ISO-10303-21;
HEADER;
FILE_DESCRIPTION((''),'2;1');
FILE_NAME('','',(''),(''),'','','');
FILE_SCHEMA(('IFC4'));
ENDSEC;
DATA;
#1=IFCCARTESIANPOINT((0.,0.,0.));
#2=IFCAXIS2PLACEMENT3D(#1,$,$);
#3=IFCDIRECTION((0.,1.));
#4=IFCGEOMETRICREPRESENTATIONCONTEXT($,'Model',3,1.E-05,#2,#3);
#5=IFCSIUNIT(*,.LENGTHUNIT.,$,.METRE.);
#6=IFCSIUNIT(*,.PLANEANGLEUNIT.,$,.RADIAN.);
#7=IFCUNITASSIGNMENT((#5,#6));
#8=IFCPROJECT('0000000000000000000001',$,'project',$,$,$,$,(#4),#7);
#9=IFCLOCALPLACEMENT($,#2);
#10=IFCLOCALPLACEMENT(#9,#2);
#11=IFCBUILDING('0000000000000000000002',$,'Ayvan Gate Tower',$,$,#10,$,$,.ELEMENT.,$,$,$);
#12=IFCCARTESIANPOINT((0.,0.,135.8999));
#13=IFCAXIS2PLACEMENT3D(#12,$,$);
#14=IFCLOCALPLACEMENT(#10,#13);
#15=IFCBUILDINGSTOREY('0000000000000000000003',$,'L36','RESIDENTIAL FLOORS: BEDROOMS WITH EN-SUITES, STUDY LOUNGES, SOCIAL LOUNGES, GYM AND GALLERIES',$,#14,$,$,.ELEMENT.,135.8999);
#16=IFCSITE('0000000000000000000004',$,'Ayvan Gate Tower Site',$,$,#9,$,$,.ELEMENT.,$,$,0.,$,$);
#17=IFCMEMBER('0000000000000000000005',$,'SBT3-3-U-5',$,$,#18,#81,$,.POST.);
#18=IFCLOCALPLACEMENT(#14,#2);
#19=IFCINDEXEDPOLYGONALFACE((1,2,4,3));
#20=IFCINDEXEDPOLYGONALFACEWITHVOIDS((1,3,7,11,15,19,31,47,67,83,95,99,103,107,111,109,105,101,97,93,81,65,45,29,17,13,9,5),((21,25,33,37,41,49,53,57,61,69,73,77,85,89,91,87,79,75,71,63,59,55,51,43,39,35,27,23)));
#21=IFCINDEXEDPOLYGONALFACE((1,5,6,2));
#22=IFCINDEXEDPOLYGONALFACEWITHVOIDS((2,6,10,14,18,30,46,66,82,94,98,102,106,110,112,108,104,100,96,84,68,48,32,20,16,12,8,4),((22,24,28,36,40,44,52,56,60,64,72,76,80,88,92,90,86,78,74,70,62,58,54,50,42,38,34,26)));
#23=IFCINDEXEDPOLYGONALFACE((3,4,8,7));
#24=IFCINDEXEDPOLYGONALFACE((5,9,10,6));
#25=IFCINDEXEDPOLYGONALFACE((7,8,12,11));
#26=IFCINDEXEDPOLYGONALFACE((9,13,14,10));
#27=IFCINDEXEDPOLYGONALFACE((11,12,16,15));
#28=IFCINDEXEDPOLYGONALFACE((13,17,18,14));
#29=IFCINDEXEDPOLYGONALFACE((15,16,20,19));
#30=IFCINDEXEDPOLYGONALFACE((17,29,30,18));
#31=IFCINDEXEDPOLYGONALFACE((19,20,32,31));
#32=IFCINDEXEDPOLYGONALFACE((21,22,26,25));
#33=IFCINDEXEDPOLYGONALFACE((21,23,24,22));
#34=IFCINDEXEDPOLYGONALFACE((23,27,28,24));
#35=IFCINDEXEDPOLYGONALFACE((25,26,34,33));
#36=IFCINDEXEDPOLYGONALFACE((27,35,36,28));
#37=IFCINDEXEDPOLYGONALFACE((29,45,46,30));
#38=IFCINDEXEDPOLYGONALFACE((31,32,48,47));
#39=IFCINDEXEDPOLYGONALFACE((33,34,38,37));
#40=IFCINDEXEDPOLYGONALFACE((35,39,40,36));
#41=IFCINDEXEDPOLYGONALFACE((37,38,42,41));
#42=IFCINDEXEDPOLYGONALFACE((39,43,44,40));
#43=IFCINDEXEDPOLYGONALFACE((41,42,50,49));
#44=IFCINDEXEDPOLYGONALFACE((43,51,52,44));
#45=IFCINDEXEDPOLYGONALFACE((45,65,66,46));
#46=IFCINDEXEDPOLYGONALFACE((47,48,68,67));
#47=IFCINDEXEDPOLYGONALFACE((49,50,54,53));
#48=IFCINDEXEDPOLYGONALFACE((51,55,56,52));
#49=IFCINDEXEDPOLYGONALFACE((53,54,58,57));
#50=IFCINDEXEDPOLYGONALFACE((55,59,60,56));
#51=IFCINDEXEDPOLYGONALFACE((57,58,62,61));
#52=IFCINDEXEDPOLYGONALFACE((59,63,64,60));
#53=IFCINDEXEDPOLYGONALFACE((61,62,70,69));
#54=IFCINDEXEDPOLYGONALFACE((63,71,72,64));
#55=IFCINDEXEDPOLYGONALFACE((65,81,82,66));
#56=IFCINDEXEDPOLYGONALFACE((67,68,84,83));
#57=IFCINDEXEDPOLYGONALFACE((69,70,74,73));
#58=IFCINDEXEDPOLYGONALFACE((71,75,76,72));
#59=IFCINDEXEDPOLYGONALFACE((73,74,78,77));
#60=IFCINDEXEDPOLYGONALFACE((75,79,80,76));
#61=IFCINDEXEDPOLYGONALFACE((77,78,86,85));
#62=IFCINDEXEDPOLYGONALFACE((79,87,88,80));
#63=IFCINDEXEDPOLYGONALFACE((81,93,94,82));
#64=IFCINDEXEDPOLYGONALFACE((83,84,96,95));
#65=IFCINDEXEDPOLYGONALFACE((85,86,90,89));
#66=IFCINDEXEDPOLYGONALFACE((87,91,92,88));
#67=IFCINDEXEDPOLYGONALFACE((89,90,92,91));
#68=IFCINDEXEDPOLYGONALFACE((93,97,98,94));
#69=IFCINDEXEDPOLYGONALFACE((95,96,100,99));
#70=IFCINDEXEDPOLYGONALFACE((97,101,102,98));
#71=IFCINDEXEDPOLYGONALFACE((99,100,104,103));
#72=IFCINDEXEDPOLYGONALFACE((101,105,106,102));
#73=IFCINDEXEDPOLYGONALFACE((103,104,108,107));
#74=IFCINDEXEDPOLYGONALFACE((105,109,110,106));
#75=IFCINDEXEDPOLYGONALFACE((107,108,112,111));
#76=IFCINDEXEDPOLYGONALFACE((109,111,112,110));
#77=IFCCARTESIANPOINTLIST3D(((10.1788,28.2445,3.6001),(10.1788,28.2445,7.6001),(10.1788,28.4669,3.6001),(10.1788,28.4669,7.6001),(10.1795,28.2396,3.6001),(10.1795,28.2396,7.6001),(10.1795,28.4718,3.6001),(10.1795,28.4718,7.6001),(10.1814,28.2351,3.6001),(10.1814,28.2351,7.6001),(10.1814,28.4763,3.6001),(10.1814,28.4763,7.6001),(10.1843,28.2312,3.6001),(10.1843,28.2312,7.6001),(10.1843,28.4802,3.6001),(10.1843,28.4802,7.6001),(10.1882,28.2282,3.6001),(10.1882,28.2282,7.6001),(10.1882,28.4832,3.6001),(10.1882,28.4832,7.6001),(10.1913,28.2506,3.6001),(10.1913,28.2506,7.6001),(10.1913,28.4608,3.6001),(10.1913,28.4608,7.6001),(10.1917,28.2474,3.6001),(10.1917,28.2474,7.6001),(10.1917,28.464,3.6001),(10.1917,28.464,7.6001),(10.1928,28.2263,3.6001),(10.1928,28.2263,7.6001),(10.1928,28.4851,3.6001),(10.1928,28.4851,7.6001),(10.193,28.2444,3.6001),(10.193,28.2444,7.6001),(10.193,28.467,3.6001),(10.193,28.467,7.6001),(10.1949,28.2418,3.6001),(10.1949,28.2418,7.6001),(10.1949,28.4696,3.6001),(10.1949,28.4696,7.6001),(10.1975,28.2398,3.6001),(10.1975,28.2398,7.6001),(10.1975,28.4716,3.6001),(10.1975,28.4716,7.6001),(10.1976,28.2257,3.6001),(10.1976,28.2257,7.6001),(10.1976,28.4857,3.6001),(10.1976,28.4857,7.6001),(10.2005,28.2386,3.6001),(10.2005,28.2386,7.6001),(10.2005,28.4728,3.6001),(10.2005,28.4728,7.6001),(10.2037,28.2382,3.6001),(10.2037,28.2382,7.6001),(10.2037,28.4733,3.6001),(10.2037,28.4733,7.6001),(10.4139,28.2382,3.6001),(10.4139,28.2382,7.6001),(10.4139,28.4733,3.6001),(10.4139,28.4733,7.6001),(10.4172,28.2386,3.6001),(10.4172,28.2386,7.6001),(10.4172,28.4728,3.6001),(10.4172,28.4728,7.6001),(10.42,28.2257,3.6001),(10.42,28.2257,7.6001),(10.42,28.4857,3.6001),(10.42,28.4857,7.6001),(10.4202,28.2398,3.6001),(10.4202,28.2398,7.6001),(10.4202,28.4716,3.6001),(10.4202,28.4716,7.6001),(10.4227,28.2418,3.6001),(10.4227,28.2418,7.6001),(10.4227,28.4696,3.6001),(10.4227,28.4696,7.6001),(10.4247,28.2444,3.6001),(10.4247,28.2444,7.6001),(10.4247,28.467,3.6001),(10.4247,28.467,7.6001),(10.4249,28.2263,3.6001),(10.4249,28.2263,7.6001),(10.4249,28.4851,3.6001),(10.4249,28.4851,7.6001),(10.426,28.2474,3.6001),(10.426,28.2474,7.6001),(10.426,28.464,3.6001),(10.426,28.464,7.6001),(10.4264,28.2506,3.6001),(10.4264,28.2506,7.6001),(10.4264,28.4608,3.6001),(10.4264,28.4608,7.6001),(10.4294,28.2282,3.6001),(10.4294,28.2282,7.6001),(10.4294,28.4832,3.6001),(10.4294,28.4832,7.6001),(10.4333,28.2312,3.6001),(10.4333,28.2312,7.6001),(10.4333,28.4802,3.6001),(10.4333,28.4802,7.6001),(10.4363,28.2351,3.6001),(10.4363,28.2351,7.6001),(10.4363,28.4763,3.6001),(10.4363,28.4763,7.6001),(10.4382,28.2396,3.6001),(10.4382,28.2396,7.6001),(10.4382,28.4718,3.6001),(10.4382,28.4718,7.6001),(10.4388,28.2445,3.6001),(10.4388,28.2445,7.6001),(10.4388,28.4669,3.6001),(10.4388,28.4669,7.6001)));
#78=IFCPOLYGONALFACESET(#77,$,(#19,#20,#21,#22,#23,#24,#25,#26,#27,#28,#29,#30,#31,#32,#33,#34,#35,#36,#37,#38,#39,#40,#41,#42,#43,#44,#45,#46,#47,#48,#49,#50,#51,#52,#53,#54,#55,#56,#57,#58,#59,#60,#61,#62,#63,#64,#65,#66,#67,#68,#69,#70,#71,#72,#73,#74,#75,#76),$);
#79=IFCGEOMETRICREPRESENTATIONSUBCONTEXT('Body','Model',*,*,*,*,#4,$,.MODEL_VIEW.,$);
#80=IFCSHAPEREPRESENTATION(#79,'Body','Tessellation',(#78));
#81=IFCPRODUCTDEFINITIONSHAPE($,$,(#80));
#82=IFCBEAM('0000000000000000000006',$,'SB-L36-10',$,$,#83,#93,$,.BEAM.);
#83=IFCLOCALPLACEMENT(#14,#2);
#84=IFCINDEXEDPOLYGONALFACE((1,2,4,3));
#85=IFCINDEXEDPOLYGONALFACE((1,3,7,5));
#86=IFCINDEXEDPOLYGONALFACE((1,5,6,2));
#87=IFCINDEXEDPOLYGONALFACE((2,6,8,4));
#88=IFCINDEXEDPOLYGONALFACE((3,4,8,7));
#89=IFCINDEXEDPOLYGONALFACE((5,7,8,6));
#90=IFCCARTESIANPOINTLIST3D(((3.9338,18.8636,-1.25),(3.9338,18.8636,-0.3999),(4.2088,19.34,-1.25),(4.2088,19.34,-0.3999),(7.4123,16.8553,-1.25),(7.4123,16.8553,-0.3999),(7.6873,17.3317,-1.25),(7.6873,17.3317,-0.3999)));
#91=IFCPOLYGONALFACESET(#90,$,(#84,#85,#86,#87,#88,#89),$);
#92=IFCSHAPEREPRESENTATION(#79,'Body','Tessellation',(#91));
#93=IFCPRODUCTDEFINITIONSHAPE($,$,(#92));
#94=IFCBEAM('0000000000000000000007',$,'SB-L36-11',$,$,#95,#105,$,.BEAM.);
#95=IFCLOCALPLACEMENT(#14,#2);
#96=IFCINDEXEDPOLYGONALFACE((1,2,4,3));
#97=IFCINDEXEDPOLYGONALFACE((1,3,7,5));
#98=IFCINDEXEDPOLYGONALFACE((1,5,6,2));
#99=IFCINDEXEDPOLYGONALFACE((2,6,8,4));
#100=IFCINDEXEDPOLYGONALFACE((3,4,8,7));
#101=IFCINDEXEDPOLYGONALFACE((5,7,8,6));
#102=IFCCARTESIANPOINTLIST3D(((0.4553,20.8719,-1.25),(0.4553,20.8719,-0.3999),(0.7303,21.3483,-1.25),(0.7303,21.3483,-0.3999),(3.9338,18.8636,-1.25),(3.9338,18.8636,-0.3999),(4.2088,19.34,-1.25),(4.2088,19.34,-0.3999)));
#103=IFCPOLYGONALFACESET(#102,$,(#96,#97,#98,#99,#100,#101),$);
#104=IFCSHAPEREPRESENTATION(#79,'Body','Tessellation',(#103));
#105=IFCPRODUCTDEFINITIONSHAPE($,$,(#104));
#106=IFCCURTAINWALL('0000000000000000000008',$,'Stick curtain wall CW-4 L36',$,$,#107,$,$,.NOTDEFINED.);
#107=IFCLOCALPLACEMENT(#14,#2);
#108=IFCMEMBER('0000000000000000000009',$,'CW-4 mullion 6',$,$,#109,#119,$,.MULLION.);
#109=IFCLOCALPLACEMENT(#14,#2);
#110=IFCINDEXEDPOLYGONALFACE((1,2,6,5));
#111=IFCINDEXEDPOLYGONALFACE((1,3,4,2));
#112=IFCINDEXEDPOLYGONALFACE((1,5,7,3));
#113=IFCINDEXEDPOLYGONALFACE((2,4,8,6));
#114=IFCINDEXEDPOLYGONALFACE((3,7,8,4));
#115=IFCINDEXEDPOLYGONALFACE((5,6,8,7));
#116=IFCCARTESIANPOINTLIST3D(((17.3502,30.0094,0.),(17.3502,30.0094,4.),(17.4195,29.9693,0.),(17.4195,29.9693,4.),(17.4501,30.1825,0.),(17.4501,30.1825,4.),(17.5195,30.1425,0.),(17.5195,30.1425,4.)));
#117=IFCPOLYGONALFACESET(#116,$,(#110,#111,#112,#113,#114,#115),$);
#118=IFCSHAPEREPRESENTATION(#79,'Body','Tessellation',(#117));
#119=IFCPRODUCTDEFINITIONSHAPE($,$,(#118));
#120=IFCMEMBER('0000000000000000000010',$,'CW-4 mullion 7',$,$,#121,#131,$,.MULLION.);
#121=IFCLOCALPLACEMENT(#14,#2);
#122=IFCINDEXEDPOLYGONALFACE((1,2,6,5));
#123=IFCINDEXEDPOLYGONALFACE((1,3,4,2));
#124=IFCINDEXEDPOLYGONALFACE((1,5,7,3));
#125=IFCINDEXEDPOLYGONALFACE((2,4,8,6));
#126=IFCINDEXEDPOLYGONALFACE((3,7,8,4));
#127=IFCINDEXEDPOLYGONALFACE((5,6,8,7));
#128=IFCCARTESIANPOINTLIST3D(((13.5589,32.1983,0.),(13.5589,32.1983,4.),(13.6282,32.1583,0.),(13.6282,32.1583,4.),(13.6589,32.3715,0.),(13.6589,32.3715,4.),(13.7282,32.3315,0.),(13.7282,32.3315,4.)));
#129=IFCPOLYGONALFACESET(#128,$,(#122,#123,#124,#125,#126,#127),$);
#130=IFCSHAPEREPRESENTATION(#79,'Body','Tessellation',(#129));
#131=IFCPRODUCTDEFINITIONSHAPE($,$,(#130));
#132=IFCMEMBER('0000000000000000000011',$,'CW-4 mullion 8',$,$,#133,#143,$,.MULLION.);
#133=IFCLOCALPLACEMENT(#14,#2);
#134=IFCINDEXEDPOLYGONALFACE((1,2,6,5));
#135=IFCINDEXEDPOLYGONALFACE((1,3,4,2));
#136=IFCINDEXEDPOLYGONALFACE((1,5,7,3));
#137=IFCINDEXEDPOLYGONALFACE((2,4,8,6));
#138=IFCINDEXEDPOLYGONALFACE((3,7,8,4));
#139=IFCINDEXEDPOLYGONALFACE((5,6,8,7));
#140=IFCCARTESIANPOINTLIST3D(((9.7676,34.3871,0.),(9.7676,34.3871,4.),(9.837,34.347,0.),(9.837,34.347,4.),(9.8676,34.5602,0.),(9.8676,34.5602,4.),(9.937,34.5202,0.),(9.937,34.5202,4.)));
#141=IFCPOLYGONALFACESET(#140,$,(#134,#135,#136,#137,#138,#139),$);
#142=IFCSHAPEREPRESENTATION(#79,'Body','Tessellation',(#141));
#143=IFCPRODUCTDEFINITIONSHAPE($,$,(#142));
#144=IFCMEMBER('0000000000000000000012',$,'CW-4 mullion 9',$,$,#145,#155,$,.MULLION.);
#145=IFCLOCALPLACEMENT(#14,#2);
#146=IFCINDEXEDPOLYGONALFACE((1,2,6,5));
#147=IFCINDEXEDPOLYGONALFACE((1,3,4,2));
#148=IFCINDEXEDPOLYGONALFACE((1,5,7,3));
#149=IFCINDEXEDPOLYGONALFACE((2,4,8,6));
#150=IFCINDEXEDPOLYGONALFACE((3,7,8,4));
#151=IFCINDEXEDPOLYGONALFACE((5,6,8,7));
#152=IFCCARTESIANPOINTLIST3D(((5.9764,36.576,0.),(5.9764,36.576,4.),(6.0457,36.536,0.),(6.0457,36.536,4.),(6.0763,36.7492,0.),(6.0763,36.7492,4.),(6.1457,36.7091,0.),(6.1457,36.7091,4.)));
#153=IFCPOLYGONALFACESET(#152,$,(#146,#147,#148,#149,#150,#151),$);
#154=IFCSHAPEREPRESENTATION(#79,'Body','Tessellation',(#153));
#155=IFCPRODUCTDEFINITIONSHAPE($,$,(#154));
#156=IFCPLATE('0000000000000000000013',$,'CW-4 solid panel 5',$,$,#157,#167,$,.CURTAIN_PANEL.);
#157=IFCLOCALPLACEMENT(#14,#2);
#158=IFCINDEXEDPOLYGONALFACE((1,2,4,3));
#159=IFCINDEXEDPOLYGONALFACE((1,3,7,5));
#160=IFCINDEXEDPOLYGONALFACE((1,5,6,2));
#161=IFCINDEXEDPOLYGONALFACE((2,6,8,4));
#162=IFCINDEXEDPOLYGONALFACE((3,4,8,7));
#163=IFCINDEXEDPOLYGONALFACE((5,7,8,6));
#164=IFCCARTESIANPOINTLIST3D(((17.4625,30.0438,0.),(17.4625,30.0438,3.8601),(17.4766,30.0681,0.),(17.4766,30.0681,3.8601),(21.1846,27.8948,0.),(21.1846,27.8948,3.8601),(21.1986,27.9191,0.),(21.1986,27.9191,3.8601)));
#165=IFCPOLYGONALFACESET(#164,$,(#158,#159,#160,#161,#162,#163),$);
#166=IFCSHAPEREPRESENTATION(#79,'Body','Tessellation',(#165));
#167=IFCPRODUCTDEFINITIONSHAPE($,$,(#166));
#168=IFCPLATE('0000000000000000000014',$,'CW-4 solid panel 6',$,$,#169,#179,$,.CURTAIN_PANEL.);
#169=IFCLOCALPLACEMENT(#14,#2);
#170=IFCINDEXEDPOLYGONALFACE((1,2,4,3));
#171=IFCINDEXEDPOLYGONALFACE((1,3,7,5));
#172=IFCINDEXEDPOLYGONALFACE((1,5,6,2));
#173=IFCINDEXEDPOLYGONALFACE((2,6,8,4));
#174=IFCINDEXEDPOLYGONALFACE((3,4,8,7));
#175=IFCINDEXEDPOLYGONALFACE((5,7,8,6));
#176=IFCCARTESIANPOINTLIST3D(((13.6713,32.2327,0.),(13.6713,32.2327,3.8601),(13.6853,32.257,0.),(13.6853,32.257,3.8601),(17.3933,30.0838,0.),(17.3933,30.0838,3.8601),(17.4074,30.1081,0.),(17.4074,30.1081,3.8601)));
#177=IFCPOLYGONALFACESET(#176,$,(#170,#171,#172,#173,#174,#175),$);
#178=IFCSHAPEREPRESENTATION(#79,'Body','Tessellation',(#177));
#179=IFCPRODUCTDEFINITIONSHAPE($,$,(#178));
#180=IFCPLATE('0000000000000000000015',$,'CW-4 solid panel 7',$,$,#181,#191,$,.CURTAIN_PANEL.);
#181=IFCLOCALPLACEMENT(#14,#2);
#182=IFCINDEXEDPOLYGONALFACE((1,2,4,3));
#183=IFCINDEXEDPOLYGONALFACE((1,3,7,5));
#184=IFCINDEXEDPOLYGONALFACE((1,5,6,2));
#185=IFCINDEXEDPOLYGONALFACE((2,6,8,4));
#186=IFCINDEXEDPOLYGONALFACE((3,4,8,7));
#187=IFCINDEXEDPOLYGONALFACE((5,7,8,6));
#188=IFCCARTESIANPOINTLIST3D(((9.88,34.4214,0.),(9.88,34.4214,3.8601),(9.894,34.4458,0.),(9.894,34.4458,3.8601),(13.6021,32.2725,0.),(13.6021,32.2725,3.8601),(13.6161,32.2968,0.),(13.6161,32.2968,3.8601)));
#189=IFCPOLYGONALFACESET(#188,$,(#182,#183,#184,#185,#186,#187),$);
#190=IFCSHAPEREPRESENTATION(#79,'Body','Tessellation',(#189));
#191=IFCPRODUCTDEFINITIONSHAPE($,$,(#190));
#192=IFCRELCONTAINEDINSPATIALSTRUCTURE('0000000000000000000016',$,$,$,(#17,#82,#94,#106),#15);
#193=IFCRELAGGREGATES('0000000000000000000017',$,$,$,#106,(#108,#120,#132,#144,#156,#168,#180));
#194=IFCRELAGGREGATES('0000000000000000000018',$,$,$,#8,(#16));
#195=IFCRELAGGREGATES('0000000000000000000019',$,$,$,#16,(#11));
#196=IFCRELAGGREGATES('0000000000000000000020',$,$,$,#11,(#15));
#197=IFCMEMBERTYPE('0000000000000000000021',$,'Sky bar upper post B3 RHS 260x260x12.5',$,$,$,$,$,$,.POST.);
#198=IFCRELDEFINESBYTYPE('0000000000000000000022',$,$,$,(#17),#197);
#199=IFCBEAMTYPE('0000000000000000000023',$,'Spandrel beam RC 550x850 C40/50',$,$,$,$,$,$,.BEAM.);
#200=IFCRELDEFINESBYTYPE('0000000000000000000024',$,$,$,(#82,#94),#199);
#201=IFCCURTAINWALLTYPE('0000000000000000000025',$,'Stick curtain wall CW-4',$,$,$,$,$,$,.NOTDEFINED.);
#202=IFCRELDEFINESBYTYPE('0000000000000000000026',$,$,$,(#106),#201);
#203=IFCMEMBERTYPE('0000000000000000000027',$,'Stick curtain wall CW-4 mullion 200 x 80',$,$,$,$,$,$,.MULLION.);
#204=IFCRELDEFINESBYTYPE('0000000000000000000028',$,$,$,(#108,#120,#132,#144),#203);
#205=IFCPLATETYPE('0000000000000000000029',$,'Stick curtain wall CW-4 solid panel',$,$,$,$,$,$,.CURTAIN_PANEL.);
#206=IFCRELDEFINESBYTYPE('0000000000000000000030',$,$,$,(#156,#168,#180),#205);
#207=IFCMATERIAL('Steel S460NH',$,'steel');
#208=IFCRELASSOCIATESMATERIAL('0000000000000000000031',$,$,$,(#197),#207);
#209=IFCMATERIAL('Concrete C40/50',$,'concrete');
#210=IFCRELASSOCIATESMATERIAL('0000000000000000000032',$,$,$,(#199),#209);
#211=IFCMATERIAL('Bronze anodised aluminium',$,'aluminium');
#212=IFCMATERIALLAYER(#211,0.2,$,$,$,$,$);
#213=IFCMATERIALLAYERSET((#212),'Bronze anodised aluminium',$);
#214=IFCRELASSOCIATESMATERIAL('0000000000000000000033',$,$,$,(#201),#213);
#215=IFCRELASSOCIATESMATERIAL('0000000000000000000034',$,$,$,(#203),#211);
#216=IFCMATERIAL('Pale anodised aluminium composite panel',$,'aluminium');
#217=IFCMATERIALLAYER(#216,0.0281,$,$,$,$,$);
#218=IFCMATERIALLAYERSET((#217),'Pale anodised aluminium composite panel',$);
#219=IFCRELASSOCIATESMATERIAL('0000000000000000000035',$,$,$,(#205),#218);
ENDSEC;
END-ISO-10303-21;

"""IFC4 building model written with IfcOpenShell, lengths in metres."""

from ifc_helpers import new_model, si_unit, direction, frame, origin, origin_2d, place, context, subcontext, project, spatial, rectangle, hollow_rectangle, extrude, material, layer, layer_set, material_profile, profile_set, type_object, element, aggregate, save


model = new_model("IFC4")

# Units and contexts
model_context = context("Model", 3, precision=1e-05, world=origin(), true_north=direction((0.0, 1.0)))
body_context = subcontext(model_context, "Body", "Model", "MODEL_VIEW")
ifc_project = project(units=[si_unit("LENGTHUNIT", "METRE"), si_unit("PLANEANGLEUNIT", "RADIAN")], contexts=[model_context])

# Site, building, storey
site_placement = place(None, origin())
site = spatial("IfcSite", under=ifc_project, at=site_placement, Name="Ayvan Gate Tower Site", CompositionType="ELEMENT", RefElevation=0.0)
building_placement = place(site_placement, origin())
building = spatial("IfcBuilding", under=site, at=building_placement, Name="Ayvan Gate Tower", CompositionType="ELEMENT")
storey_placement = place(building_placement, frame((0.0, 0.0, 135.8999)))
storey = spatial("IfcBuildingStorey", under=building, at=storey_placement, Name="L36", Description="RESIDENTIAL FLOORS: BEDROOMS WITH EN-SUITES, STUDY LOUNGES, SOCIAL LOUNGES, GYM AND GALLERIES", CompositionType="ELEMENT", Elevation=135.8999)

# Shared definitions
ifc_material_1 = material(Name="Steel S460NH", Category="steel")

# Shared definitions
ifc_material_2 = material(Name="Concrete C40/50", Category="concrete")

# Member
ifc_material_profile_1 = material_profile(ifc_material_1, hollow_rectangle(XDim=0.26, YDim=0.26, WallThickness=0.0125, InnerFilletRadius=0.0125, OuterFilletRadius=0.0188, at=origin_2d()), Name="RHS 260x260x12.5")
ifc_profile_set_1 = profile_set([ifc_material_profile_1], Name="Steel S460NH")
member_type_1 = type_object("IfcMemberType", Name="Sky bar upper post B3 RHS 260x260x12.5", PredefinedType="POST", material=ifc_profile_set_1)
for number, where, z_axis, x_axis, name in (
    (1, (10.3088, 28.3557, 3.6001), (0.0, 0.0, 1.0), (1.0, 0.0, 0.0), "SBT3-3-U-5"),
):
    element("IfcMember", number, at=place(storey_placement, frame(where, z_axis=z_axis, x_axis=x_axis)), inside=storey, type_object=member_type_1, Name=name, PredefinedType="POST", context=body_context, shape_type="SweptSolid", body=[
        extrude(hollow_rectangle(XDim=0.26, YDim=0.26, WallThickness=0.0125, InnerFilletRadius=0.0125, OuterFilletRadius=0.0188, at=origin_2d()), origin(), (0.0, 0.0, 1.0), 4.0),
    ])

# Beams
ifc_material_profile_2 = material_profile(ifc_material_2, rectangle(XDim=0.55, YDim=0.8501, at=origin_2d()), Name="RC 550x850")
ifc_profile_set_2 = profile_set([ifc_material_profile_2], Name="Concrete C40/50")
beam_type_1 = type_object("IfcBeamType", Name="Spandrel beam RC 550x850 C40/50", PredefinedType="BEAM", material=ifc_profile_set_2)
for number, where, z_axis, x_axis, name in (
    (2, (7.5498, 17.0935, -0.825), (-0.866028, 0.499996, 0.0), (-0.499996, -0.866028, 0.0), "SB-L36-10"),
    (3, (4.0713, 19.1018, -0.825), (-0.866028, 0.499996, 0.0), (-0.499996, -0.866028, 0.0), "SB-L36-11"),
):
    element("IfcBeam", number, at=place(storey_placement, frame(where, z_axis=z_axis, x_axis=x_axis)), inside=storey, type_object=beam_type_1, Name=name, PredefinedType="BEAM", context=body_context, shape_type="SweptSolid", body=[
        extrude(rectangle(XDim=0.55, YDim=0.8501, at=origin_2d()), origin(), (0.0, 0.0, 1.0), 4.0166),
    ])

# Curtain wall, members, plates
ifc_material_3 = material(Name="Bronze anodised aluminium", Category="aluminium")
ifc_layer_1 = layer(ifc_material_3, 0.2)
ifc_layer_set_1 = layer_set([ifc_layer_1], Name="Bronze anodised aluminium")
curtain_wall_type = type_object("IfcCurtainWallType", Name="Stick curtain wall CW-4", PredefinedType="NOTDEFINED", material=ifc_layer_set_1)
curtain_wall_placement = place(storey_placement, origin())
curtain_wall = element("IfcCurtainWall", 4, at=curtain_wall_placement, inside=storey, type_object=curtain_wall_type, Name="Stick curtain wall CW-4 L36", PredefinedType="NOTDEFINED")
ifc_material_profile_3 = material_profile(ifc_material_3, rectangle(XDim=0.2, YDim=0.0801, at=origin_2d()), Name="Stick curtain wall CW-4 mullion 200 x 80")
ifc_profile_set_3 = profile_set([ifc_material_profile_3], Name="Bronze anodised aluminium")
member_type_2 = type_object("IfcMemberType", Name="Stick curtain wall CW-4 mullion 200 x 80", PredefinedType="MULLION", material=ifc_profile_set_3)
member_1_placement = place(storey_placement, frame((17.4348, 30.0759, 0.0), z_axis=(0.0, 0.0, 1.0), x_axis=(0.5, 0.866025, 0.0)))
member_1 = element("IfcMember", 5, at=member_1_placement, type_object=member_type_2, Name="CW-4 mullion 6", PredefinedType="MULLION", context=body_context, shape_type="SweptSolid", body=[
    extrude(rectangle(XDim=0.2, YDim=0.0801, at=origin_2d()), origin(), (0.0, 0.0, 1.0), 4.0),
])
member_2_placement = place(storey_placement, frame((13.6436, 32.2649, 0.0), z_axis=(0.0, 0.0, 1.0), x_axis=(0.5, 0.866025, 0.0)))
member_2 = element("IfcMember", 6, at=member_2_placement, type_object=member_type_2, Name="CW-4 mullion 7", PredefinedType="MULLION", context=body_context, shape_type="SweptSolid", body=[
    extrude(rectangle(XDim=0.2, YDim=0.0801, at=origin_2d()), origin(), (0.0, 0.0, 1.0), 4.0),
])
member_3_placement = place(storey_placement, frame((9.8523, 34.4536, 0.0), z_axis=(0.0, 0.0, 1.0), x_axis=(0.5, 0.866025, 0.0)))
member_3 = element("IfcMember", 7, at=member_3_placement, type_object=member_type_2, Name="CW-4 mullion 8", PredefinedType="MULLION", context=body_context, shape_type="SweptSolid", body=[
    extrude(rectangle(XDim=0.2, YDim=0.0801, at=origin_2d()), origin(), (0.0, 0.0, 1.0), 4.0),
])
member_4_placement = place(storey_placement, frame((6.061, 36.6426, 0.0), z_axis=(0.0, 0.0, 1.0), x_axis=(0.5, 0.866025, 0.0)))
member_4 = element("IfcMember", 8, at=member_4_placement, type_object=member_type_2, Name="CW-4 mullion 9", PredefinedType="MULLION", context=body_context, shape_type="SweptSolid", body=[
    extrude(rectangle(XDim=0.2, YDim=0.0801, at=origin_2d()), origin(), (0.0, 0.0, 1.0), 4.0),
])
ifc_material_4 = material(Name="Pale anodised aluminium composite panel", Category="aluminium")
ifc_layer_2 = layer(ifc_material_4, 0.0281)
ifc_layer_set_2 = layer_set([ifc_layer_2], Name="Pale anodised aluminium composite panel")
plate_type = type_object("IfcPlateType", Name="Stick curtain wall CW-4 solid panel", PredefinedType="CURTAIN_PANEL", material=ifc_layer_set_2)
plate_1_placement = place(storey_placement, frame((19.3306, 28.9814, 0.0), z_axis=(0.0, 0.0, 1.0), x_axis=(-0.866025, 0.5, 0.0)))
plate_1 = element("IfcPlate", 9, at=plate_1_placement, type_object=plate_type, Name="CW-4 solid panel 5", PredefinedType="CURTAIN_PANEL", context=body_context, shape_type="SweptSolid", body=[
    extrude(rectangle(XDim=4.2979, YDim=0.0281, at=origin_2d()), origin(), (0.0, 0.0, 1.0), 3.8601),
])
plate_2_placement = place(storey_placement, frame((15.5393, 31.1704, 0.0), z_axis=(0.0, 0.0, 1.0), x_axis=(-0.866025, 0.5, 0.0)))
plate_2 = element("IfcPlate", 10, at=plate_2_placement, type_object=plate_type, Name="CW-4 solid panel 6", PredefinedType="CURTAIN_PANEL", context=body_context, shape_type="SweptSolid", body=[
    extrude(rectangle(XDim=4.2979, YDim=0.0281, at=origin_2d()), origin(), (0.0, 0.0, 1.0), 3.8601),
])
plate_3_placement = place(storey_placement, frame((11.748, 33.3591, 0.0), z_axis=(0.0, 0.0, 1.0), x_axis=(-0.866025, 0.5, 0.0)))
plate_3 = element("IfcPlate", 11, at=plate_3_placement, type_object=plate_type, Name="CW-4 solid panel 7", PredefinedType="CURTAIN_PANEL", context=body_context, shape_type="SweptSolid", body=[
    extrude(rectangle(XDim=4.2979, YDim=0.0281, at=origin_2d()), origin(), (0.0, 0.0, 1.0), 3.8601),
])
aggregate(curtain_wall, [member_1, member_2, member_3, member_4, plate_1, plate_2, plate_3])

save(model, "model.ifc")
